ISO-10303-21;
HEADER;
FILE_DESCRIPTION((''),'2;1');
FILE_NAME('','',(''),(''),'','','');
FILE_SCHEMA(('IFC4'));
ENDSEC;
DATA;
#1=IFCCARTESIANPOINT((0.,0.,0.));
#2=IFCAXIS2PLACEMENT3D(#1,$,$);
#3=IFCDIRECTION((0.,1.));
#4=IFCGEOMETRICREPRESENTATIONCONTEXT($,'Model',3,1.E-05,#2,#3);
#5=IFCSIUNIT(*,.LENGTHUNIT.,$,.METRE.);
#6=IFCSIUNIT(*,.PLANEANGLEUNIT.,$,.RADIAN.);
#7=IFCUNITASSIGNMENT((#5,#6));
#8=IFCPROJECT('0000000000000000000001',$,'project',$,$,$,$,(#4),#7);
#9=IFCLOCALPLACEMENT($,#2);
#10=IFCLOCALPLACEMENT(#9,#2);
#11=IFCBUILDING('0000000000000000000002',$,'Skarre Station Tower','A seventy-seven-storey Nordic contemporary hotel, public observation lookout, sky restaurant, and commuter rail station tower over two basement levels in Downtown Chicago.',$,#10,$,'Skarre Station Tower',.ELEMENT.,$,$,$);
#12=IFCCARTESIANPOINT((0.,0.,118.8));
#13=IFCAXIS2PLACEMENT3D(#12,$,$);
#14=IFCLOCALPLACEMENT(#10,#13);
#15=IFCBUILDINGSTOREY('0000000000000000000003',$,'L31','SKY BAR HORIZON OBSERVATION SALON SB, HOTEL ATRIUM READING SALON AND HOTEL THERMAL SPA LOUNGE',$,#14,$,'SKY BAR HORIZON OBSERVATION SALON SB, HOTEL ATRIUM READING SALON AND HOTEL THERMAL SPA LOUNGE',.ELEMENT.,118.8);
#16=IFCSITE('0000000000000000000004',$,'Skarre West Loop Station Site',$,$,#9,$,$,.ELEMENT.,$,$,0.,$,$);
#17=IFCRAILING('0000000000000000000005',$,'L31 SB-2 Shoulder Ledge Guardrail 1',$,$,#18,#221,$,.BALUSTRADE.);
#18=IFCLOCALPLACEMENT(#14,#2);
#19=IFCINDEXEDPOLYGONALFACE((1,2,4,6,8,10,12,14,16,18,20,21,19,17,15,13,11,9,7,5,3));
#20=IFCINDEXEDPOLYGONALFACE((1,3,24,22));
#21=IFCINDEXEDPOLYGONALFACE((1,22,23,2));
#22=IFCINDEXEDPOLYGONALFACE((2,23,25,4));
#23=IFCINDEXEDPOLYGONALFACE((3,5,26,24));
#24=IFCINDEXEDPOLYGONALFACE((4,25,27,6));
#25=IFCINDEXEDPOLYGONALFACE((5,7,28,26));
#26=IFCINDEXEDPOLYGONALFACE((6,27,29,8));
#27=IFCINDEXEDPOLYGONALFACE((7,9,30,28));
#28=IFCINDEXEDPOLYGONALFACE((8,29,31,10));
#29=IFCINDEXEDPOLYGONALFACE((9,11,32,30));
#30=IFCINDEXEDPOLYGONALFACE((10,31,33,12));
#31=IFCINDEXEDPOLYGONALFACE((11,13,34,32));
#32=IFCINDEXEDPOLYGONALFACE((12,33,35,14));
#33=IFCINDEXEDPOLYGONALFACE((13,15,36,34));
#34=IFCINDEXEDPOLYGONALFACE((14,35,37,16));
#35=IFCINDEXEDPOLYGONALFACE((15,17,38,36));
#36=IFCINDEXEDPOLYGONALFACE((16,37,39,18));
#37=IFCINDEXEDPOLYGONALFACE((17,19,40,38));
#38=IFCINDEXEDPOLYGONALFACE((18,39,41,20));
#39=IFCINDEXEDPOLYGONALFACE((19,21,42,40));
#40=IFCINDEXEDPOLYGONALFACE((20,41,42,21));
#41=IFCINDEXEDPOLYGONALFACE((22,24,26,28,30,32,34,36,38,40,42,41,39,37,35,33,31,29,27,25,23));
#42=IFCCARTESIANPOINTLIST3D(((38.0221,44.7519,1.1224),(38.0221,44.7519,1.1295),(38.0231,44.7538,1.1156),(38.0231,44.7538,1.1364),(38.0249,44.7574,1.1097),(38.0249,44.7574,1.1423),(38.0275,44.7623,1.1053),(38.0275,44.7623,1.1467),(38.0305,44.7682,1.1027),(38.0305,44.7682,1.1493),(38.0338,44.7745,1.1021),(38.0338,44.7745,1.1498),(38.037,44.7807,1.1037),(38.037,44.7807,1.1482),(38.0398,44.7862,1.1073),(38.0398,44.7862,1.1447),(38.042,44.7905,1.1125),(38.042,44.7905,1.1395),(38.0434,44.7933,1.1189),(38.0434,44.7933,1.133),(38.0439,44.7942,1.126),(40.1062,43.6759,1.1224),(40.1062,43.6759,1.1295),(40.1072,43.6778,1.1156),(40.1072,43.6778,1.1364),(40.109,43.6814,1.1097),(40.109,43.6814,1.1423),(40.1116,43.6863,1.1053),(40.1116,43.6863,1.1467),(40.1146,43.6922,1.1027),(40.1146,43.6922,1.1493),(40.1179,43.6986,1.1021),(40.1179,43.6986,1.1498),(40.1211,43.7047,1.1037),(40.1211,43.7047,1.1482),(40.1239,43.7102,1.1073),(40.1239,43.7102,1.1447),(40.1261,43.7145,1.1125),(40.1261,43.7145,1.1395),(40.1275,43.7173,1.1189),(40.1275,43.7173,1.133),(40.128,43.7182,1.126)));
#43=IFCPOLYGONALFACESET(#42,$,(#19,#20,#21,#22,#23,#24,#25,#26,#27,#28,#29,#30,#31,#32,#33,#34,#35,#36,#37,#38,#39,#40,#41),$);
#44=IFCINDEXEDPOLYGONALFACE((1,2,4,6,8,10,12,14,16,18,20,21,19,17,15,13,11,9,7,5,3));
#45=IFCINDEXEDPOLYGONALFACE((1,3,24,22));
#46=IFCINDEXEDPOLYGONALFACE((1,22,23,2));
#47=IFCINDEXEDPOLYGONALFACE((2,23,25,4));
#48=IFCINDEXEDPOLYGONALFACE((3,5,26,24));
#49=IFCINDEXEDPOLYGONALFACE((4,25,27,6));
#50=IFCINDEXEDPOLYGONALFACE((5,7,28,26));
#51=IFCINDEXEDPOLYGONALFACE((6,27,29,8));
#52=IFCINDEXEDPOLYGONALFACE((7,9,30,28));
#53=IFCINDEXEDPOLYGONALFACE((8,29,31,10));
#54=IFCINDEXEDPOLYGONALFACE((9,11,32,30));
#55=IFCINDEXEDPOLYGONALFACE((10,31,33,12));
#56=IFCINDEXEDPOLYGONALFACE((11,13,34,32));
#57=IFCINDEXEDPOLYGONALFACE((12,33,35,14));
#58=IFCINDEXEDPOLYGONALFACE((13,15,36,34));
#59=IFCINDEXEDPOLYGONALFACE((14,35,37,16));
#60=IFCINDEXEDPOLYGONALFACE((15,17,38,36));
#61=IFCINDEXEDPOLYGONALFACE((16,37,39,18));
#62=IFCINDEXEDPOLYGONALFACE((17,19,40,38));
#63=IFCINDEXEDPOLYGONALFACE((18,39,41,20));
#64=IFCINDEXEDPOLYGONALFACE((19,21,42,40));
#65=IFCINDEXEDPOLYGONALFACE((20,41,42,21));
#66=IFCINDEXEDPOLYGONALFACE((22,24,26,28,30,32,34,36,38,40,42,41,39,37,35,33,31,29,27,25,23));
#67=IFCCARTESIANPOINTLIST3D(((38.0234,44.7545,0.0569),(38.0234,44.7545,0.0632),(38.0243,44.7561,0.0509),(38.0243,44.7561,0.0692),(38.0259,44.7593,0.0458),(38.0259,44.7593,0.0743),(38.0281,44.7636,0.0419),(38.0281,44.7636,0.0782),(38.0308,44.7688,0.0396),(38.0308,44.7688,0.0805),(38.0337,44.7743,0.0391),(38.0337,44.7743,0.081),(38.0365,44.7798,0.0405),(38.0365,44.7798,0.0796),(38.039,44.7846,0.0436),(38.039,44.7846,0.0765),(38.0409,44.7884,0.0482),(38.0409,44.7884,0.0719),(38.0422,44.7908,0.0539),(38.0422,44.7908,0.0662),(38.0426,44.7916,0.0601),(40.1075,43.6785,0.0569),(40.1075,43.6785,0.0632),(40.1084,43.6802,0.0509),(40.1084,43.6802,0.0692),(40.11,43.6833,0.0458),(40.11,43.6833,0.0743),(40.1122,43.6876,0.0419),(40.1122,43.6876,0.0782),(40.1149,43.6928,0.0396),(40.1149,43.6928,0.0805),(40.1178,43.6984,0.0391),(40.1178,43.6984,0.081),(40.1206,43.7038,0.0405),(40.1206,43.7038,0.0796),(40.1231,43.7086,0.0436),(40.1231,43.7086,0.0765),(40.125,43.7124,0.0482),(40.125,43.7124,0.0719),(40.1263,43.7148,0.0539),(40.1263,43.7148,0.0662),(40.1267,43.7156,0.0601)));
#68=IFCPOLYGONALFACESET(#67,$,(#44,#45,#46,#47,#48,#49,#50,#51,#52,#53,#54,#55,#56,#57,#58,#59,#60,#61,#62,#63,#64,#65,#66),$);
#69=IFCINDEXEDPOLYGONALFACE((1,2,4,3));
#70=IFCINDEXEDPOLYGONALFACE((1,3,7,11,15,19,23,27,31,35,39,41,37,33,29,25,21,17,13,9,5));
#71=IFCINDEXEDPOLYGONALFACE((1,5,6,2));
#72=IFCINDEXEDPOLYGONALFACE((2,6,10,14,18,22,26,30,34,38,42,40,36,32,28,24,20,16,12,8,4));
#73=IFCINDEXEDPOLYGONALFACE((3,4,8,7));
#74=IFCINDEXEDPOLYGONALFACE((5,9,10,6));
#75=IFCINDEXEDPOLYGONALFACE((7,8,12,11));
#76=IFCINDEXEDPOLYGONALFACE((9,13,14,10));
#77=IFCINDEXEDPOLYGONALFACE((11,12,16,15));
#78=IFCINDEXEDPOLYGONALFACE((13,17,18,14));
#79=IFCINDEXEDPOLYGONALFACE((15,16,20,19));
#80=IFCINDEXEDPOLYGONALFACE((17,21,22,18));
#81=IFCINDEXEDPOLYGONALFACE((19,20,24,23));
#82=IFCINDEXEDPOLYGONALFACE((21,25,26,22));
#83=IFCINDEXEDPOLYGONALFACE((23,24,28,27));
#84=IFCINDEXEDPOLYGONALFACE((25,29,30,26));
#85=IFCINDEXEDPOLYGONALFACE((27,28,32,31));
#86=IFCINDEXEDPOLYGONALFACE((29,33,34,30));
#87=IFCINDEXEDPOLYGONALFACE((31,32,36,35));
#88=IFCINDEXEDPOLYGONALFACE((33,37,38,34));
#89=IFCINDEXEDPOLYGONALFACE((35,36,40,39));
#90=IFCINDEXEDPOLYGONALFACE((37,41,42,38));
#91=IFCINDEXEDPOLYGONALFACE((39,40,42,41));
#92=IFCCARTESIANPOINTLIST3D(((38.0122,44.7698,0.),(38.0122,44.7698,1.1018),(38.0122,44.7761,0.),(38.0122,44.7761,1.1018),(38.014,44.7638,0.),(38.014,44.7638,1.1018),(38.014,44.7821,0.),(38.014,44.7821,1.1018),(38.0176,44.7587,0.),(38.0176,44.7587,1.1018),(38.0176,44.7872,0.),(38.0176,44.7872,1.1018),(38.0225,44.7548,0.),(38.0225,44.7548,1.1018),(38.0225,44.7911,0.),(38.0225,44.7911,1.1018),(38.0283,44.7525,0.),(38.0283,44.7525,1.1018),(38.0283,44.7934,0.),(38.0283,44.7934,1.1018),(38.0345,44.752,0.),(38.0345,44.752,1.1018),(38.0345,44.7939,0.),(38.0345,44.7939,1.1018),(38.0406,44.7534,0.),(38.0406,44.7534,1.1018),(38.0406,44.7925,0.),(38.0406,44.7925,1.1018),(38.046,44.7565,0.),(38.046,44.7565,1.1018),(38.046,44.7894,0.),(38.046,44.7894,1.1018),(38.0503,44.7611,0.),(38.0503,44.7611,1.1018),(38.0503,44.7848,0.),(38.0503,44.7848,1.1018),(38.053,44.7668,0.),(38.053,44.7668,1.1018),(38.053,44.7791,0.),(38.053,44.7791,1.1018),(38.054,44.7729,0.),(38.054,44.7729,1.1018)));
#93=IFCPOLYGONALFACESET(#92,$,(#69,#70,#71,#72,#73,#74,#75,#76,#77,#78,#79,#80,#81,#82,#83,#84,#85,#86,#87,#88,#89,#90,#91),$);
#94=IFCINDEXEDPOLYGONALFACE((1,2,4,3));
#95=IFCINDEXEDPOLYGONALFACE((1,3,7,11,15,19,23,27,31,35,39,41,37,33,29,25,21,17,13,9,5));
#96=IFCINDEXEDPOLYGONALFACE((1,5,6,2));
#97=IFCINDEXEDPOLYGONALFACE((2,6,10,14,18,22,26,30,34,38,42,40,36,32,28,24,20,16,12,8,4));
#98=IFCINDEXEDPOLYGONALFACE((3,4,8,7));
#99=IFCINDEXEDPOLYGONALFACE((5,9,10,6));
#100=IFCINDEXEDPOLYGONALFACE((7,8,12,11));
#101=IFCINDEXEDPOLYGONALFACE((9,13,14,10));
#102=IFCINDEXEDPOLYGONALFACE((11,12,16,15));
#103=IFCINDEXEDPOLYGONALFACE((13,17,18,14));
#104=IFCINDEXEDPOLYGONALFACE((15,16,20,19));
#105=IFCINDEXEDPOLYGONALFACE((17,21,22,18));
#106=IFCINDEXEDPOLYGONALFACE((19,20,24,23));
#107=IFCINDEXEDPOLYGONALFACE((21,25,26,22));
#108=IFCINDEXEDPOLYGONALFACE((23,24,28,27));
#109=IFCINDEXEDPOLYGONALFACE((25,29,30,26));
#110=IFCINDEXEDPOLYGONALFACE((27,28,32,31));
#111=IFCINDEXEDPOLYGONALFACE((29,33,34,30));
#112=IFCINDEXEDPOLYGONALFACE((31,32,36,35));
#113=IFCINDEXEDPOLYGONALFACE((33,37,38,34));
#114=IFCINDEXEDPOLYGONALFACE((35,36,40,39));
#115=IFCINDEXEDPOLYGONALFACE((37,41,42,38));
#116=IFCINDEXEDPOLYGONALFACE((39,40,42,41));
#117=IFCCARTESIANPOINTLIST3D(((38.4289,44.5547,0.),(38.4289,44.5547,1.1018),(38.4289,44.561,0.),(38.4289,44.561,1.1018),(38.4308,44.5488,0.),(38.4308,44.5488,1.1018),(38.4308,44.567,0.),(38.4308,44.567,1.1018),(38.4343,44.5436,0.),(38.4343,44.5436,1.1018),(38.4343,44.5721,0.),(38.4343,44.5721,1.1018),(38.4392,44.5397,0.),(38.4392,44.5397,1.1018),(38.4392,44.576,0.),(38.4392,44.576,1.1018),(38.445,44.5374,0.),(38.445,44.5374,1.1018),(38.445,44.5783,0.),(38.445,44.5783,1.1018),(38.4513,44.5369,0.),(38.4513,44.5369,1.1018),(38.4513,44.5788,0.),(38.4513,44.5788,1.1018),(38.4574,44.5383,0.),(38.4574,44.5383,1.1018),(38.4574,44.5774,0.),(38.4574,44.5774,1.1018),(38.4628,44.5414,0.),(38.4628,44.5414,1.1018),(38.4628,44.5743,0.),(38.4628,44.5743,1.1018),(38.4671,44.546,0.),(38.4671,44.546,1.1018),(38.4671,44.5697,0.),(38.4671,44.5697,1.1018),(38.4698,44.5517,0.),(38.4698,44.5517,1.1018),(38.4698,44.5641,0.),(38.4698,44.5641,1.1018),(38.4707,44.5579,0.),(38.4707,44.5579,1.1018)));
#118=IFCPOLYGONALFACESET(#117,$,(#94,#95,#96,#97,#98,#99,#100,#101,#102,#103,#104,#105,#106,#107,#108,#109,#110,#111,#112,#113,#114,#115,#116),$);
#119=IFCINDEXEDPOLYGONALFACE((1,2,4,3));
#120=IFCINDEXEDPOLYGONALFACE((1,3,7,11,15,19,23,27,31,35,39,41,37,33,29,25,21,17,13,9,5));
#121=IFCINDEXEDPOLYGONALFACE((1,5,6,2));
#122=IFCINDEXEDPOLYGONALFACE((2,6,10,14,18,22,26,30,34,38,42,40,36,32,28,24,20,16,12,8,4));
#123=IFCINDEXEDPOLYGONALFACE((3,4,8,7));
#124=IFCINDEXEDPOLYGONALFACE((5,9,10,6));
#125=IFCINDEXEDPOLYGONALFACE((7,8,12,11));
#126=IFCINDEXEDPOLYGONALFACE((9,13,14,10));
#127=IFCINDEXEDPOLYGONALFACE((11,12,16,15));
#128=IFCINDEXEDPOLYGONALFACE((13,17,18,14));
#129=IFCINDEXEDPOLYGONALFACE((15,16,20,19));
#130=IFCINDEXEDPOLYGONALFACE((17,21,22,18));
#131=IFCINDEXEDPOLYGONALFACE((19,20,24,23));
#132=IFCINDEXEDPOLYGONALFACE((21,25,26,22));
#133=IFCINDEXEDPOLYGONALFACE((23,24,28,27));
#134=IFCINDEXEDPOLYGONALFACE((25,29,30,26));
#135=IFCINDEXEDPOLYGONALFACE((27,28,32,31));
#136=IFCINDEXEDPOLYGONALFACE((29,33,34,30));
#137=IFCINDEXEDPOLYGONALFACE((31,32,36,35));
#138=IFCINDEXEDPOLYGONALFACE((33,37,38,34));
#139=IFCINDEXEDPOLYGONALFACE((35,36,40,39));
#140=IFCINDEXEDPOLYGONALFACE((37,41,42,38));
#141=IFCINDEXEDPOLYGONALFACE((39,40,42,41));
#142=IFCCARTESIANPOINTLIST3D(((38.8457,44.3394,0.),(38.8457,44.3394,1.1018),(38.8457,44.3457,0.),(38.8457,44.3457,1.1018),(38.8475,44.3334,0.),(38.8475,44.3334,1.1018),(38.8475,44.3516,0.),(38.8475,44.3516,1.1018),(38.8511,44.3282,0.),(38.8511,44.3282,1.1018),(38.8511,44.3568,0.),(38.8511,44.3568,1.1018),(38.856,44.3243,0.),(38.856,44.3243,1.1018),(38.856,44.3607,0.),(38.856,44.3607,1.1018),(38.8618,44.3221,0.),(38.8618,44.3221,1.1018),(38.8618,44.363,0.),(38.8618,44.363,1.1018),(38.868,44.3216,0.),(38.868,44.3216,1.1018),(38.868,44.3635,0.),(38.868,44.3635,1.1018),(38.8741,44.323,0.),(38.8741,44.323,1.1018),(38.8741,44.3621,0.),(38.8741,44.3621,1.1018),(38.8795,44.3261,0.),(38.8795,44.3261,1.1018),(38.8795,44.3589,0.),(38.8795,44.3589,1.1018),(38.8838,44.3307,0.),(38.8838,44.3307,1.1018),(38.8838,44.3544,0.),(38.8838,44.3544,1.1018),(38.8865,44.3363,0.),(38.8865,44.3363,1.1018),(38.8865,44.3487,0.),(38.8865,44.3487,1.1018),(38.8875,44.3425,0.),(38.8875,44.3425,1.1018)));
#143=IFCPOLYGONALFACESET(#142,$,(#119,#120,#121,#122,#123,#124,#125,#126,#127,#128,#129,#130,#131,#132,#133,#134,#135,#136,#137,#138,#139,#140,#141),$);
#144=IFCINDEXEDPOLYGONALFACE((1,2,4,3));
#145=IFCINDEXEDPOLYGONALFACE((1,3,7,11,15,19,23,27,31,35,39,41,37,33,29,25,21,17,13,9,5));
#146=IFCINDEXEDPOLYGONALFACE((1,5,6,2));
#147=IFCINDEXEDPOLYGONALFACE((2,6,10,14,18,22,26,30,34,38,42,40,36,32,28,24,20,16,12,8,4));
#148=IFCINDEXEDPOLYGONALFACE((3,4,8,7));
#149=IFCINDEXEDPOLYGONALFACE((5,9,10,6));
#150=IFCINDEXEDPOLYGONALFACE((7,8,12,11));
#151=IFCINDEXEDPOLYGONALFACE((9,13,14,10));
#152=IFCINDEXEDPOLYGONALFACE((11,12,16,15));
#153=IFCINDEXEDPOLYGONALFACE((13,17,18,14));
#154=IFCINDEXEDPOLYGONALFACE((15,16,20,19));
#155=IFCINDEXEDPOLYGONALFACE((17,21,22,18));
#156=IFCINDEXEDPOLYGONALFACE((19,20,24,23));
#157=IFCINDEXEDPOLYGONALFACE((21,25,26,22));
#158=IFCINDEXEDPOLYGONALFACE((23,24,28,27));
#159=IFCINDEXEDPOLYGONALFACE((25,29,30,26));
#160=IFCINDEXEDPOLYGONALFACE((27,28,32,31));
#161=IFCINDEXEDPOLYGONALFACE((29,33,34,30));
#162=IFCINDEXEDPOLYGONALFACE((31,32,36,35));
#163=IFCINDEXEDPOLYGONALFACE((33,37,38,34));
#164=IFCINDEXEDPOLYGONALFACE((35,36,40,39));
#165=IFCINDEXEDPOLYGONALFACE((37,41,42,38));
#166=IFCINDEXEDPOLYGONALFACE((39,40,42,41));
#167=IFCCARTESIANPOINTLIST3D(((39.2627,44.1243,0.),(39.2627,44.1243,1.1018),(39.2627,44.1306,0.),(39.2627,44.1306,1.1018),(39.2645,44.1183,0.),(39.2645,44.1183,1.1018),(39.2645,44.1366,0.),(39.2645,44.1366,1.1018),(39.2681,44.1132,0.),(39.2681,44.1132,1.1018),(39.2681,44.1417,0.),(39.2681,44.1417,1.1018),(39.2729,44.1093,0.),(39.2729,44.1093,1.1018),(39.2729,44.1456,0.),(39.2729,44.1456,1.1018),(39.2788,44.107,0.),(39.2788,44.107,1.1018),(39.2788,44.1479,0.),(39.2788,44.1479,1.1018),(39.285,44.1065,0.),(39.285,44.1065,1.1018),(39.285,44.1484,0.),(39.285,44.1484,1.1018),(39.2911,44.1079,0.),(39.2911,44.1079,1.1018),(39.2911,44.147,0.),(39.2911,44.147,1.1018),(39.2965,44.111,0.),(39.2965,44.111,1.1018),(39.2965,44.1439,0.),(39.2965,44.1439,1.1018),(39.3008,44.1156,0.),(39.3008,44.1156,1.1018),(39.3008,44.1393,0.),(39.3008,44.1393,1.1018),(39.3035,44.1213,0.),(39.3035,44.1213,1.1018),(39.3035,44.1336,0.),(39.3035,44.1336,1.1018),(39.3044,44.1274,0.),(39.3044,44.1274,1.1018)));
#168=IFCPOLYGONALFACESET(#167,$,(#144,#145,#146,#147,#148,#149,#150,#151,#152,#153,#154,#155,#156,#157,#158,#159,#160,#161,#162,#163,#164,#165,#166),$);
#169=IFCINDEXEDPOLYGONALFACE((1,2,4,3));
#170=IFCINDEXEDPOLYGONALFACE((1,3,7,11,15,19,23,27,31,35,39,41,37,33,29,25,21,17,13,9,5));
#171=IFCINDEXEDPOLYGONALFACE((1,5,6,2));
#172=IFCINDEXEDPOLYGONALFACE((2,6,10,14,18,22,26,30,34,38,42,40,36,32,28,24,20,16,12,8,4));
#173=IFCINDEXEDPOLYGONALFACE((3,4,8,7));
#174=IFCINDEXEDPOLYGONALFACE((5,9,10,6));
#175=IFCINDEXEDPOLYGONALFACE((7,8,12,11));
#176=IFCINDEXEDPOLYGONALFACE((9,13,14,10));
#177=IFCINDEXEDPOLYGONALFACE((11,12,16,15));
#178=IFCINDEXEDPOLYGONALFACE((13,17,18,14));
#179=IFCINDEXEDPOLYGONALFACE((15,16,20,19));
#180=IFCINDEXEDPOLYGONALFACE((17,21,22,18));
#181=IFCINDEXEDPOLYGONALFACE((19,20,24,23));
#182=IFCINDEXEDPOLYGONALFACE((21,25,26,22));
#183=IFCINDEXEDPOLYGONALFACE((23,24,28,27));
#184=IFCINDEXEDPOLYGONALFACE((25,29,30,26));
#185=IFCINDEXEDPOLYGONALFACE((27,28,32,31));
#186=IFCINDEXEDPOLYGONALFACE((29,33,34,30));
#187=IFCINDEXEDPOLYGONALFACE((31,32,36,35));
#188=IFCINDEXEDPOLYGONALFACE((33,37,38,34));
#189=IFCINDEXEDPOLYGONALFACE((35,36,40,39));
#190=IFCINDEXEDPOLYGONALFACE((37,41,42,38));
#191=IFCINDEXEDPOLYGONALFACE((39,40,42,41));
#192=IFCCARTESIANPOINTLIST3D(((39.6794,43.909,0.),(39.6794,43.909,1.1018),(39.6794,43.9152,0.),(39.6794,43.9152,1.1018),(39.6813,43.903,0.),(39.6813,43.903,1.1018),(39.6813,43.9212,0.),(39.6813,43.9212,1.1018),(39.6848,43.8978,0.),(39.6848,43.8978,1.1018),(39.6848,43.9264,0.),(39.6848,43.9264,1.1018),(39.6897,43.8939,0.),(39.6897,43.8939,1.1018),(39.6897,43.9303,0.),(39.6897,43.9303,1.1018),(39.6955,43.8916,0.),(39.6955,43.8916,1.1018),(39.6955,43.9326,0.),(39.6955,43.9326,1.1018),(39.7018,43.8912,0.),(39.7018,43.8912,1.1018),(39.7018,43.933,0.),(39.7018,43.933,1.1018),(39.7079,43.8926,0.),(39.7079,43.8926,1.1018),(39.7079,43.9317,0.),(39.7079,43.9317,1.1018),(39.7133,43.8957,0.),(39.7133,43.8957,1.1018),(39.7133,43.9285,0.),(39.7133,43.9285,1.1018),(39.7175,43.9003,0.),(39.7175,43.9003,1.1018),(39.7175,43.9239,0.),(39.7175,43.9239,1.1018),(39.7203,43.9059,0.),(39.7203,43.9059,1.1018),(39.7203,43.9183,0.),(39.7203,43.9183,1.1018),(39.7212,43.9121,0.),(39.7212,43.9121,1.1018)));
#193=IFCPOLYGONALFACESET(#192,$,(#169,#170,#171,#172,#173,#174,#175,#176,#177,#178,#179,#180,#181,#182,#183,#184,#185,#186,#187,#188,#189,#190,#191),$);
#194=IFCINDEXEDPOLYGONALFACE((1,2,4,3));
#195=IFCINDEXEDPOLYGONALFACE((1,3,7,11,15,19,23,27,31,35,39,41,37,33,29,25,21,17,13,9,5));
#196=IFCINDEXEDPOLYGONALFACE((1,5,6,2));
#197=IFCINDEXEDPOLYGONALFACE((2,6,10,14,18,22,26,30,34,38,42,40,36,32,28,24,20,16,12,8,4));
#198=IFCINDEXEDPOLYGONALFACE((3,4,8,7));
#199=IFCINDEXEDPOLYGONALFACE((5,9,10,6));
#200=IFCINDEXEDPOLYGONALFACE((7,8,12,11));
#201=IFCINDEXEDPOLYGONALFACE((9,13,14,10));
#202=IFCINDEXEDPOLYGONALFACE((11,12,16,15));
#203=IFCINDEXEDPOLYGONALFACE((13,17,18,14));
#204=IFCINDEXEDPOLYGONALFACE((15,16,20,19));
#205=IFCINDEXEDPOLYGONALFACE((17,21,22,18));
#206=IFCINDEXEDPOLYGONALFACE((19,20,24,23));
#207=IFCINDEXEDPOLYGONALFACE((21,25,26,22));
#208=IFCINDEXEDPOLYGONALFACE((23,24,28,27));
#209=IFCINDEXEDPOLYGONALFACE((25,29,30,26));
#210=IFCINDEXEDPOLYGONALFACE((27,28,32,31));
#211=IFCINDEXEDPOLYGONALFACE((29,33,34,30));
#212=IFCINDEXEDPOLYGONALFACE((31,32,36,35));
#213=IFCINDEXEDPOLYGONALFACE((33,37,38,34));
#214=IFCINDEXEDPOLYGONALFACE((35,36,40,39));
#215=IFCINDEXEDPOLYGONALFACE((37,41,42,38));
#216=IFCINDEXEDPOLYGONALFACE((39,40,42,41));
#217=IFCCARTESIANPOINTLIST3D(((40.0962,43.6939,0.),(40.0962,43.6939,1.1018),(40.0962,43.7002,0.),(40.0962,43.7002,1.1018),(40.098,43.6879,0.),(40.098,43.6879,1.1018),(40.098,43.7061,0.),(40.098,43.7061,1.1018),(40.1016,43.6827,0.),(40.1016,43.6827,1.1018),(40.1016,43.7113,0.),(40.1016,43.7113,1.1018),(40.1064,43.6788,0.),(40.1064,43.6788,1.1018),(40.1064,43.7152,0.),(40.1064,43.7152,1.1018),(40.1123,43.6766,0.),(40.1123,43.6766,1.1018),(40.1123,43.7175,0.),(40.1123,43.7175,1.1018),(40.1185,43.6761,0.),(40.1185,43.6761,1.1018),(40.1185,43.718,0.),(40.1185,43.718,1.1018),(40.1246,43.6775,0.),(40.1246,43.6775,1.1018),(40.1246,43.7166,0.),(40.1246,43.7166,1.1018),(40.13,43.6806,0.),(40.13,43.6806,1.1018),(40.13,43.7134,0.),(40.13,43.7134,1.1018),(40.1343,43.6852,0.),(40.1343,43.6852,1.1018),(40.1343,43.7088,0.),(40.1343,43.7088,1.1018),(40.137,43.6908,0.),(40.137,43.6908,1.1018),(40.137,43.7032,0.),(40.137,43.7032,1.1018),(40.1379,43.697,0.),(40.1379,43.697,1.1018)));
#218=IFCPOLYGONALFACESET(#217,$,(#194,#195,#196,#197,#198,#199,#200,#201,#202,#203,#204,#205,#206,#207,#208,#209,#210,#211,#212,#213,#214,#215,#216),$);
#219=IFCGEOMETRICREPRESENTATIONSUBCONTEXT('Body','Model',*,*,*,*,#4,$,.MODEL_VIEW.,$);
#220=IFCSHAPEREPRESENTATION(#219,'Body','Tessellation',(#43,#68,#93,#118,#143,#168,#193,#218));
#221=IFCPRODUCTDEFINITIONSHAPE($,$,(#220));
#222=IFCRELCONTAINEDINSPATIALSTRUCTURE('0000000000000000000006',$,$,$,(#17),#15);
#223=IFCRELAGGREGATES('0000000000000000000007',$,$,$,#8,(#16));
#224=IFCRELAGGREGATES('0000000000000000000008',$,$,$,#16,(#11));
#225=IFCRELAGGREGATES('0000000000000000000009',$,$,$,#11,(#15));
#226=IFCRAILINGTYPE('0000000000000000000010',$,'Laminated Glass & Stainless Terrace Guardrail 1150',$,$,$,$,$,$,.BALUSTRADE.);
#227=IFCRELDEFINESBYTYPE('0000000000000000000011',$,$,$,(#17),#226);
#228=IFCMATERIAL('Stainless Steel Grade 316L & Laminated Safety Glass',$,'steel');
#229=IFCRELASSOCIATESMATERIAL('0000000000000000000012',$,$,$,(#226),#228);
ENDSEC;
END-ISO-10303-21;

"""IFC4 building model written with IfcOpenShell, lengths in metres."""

from ifc_helpers import new_model, si_unit, direction, frame, origin, origin_2d, place, context, subcontext, project, spatial, circle, extrude, material, type_object, element, save


model = new_model("IFC4")

# Units and contexts
model_context = context("Model", 3, precision=1e-05, world=origin(), true_north=direction((0.0, 1.0)))
body_context = subcontext(model_context, "Body", "Model", "MODEL_VIEW")
ifc_project = project(units=[si_unit("LENGTHUNIT", "METRE"), si_unit("PLANEANGLEUNIT", "RADIAN")], contexts=[model_context])

# Site, building, storey
site_placement = place(None, origin())
site = spatial("IfcSite", under=ifc_project, at=site_placement, Name="Skarre West Loop Station Site", CompositionType="ELEMENT", RefElevation=0.0)
building_placement = place(site_placement, origin())
building = spatial("IfcBuilding", under=site, at=building_placement, Name="Skarre Station Tower", Description="A seventy-seven-storey Nordic contemporary hotel, public observation lookout, sky restaurant, and commuter rail station tower over two basement levels in Downtown Chicago.", LongName="Skarre Station Tower", CompositionType="ELEMENT")
storey_placement = place(building_placement, frame((0.0, 0.0, 118.8)))
storey = spatial("IfcBuildingStorey", under=building, at=storey_placement, Name="L31", Description="SKY BAR HORIZON OBSERVATION SALON SB, HOTEL ATRIUM READING SALON AND HOTEL THERMAL SPA LOUNGE", LongName="SKY BAR HORIZON OBSERVATION SALON SB, HOTEL ATRIUM READING SALON AND HOTEL THERMAL SPA LOUNGE", CompositionType="ELEMENT", Elevation=118.8)

# Railing
ifc_material_1 = material(Name="Stainless Steel Grade 316L & Laminated Safety Glass", Category="steel")
railing_type_1 = type_object("IfcRailingType", Name="Laminated Glass & Stainless Terrace Guardrail 1150", PredefinedType="BALUSTRADE", material=ifc_material_1)
railing_1_placement = place(storey_placement, frame((38.033, 44.7729, 0.0)))
element("IfcRailing", 1, at=railing_1_placement, inside=storey, type_object=railing_type_1, Name="L31 SB-2 Shoulder Ledge Guardrail 1", PredefinedType="BALUSTRADE", context=body_context, shape_type="SweptSolid", body=[
    extrude(circle(Radius=0.0239, at=origin_2d()), frame((0.0, 0.0, 1.126), z_axis=(0.888565, -0.458752, 0.0), x_axis=(0.458752, 0.888565, 0.0)), (0.0, 0.0, 1.0), 2.3455),
    extrude(circle(Radius=0.021, at=origin_2d()), frame((0.0, 0.0, 0.0601), z_axis=(0.888565, -0.458752, 0.0), x_axis=(0.458752, 0.888565, 0.0)), (0.0, 0.0, 1.0), 2.3455),
    extrude(circle(Radius=0.021, at=origin_2d()), origin(), (0.0, 0.0, 1.0), 1.1018),
    extrude(circle(Radius=0.021, at=origin_2d()), frame((0.4167, -0.2151, 0.0)), (0.0, 0.0, 1.0), 1.1018),
    extrude(circle(Radius=0.021, at=origin_2d()), frame((0.8335, -0.4304, 0.0)), (0.0, 0.0, 1.0), 1.1018),
    extrude(circle(Radius=0.021, at=origin_2d()), frame((1.2505, -0.6455, 0.0)), (0.0, 0.0, 1.0), 1.1018),
    extrude(circle(Radius=0.021, at=origin_2d()), frame((1.6672, -0.8608, 0.0)), (0.0, 0.0, 1.0), 1.1018),
    extrude(circle(Radius=0.021, at=origin_2d()), frame((2.084, -1.0759, 0.0)), (0.0, 0.0, 1.0), 1.1018),
])

save(model, "model.ifc")
